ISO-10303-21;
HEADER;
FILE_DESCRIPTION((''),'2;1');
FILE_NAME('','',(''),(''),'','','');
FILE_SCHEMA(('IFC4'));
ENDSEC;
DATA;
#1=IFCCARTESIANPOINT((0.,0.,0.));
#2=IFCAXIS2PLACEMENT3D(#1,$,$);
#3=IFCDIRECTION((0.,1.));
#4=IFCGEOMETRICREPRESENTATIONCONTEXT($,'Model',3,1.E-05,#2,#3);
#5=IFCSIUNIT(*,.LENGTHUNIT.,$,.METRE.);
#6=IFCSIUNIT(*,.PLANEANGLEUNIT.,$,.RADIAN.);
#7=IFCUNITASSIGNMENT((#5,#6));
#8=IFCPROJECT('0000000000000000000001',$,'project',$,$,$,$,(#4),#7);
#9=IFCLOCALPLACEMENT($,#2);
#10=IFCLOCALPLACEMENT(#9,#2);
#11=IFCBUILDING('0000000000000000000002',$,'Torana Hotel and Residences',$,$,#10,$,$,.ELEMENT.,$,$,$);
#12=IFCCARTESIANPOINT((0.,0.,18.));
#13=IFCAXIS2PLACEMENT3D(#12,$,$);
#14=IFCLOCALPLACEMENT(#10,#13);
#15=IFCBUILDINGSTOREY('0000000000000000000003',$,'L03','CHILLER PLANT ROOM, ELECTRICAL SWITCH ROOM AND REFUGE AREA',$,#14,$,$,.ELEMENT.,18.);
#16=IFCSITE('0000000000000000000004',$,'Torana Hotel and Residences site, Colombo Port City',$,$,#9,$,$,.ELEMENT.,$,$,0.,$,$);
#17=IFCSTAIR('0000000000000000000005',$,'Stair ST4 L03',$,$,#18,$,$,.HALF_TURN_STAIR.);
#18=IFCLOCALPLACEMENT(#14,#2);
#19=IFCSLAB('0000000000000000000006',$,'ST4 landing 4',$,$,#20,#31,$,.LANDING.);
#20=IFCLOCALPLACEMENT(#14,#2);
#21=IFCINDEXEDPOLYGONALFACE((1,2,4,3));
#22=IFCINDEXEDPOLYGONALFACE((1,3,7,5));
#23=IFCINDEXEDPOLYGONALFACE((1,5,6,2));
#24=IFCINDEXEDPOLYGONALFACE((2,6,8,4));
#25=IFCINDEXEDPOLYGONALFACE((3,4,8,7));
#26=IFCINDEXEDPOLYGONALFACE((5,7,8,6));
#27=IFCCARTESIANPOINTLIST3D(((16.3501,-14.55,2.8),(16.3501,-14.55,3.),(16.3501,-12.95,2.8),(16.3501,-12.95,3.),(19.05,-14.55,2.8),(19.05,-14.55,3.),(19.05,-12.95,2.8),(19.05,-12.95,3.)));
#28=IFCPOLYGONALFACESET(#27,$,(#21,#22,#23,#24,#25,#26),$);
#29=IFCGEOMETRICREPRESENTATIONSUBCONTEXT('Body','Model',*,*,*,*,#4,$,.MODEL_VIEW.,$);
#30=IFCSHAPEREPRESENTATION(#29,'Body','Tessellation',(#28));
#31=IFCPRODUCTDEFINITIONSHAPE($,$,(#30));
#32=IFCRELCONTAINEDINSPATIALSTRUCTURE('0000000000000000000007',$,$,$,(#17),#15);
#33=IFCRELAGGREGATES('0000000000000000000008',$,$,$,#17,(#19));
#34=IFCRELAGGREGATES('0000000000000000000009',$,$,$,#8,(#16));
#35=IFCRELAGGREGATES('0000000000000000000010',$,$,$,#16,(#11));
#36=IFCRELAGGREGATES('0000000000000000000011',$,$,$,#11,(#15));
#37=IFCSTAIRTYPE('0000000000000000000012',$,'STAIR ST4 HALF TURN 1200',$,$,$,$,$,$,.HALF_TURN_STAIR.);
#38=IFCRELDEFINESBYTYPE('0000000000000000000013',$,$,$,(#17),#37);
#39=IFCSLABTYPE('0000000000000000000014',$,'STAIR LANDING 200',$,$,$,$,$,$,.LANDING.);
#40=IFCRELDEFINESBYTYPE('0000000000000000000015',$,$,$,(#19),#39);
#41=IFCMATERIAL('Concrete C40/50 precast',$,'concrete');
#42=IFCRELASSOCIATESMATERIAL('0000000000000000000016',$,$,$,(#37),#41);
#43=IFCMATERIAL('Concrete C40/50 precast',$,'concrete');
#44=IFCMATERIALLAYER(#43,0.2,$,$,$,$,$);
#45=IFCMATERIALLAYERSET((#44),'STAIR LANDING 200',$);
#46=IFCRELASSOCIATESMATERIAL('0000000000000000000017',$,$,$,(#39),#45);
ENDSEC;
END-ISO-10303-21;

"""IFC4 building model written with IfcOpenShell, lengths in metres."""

from ifc_helpers import new_model, si_unit, direction, frame, origin, place, context, subcontext, project, spatial, polyline, outline, extrude, material, layer, layer_set, type_object, element, aggregate, save


model = new_model("IFC4")

# Units and contexts
model_context = context("Model", 3, precision=1e-05, world=origin(), true_north=direction((0.0, 1.0)))
body_context = subcontext(model_context, "Body", "Model", "MODEL_VIEW")
ifc_project = project(units=[si_unit("LENGTHUNIT", "METRE"), si_unit("PLANEANGLEUNIT", "RADIAN")], contexts=[model_context])

# Site, building, storey
site_placement = place(None, origin())
site = spatial("IfcSite", under=ifc_project, at=site_placement, Name="Torana Hotel and Residences site, Colombo Port City", CompositionType="ELEMENT", RefElevation=0.0)
building_placement = place(site_placement, origin())
building = spatial("IfcBuilding", under=site, at=building_placement, Name="Torana Hotel and Residences", CompositionType="ELEMENT")
storey_placement = place(building_placement, frame((0.0, 0.0, 18.0)))
storey = spatial("IfcBuildingStorey", under=building, at=storey_placement, Name="L03", Description="CHILLER PLANT ROOM, ELECTRICAL SWITCH ROOM AND REFUGE AREA", CompositionType="ELEMENT", Elevation=18.0)

# Stair, slab
ifc_material_1 = material(Name="Concrete C40/50 precast", Category="concrete")
stair_type = type_object("IfcStairType", Name="STAIR ST4 HALF TURN 1200", PredefinedType="HALF_TURN_STAIR", material=ifc_material_1)
stair_placement = place(storey_placement, origin())
stair = element("IfcStair", 1, at=stair_placement, inside=storey, type_object=stair_type, Name="Stair ST4 L03", PredefinedType="HALF_TURN_STAIR")
ifc_material_2 = material(Name="Concrete C40/50 precast", Category="concrete")
ifc_layer_1 = layer(ifc_material_2, 0.2)
ifc_layer_set_1 = layer_set([ifc_layer_1], Name="STAIR LANDING 200")
slab_type = type_object("IfcSlabType", Name="STAIR LANDING 200", PredefinedType="LANDING", material=ifc_layer_set_1)
slab_1_placement = place(storey_placement, frame((0.0, 0.0, 2.8)))
slab_1 = element("IfcSlab", 2, at=slab_1_placement, type_object=slab_type, Name="ST4 landing 4", PredefinedType="LANDING", context=body_context, shape_type="SweptSolid", body=[
    extrude(outline(polyline([(16.3501, -14.55), (19.05, -14.55), (19.05, -12.95), (16.3501, -12.95), (16.3501, -14.55)])), origin(), (0.0, 0.0, 1.0), 0.2),
])
aggregate(stair, [slab_1])

save(model, "model.ifc")
